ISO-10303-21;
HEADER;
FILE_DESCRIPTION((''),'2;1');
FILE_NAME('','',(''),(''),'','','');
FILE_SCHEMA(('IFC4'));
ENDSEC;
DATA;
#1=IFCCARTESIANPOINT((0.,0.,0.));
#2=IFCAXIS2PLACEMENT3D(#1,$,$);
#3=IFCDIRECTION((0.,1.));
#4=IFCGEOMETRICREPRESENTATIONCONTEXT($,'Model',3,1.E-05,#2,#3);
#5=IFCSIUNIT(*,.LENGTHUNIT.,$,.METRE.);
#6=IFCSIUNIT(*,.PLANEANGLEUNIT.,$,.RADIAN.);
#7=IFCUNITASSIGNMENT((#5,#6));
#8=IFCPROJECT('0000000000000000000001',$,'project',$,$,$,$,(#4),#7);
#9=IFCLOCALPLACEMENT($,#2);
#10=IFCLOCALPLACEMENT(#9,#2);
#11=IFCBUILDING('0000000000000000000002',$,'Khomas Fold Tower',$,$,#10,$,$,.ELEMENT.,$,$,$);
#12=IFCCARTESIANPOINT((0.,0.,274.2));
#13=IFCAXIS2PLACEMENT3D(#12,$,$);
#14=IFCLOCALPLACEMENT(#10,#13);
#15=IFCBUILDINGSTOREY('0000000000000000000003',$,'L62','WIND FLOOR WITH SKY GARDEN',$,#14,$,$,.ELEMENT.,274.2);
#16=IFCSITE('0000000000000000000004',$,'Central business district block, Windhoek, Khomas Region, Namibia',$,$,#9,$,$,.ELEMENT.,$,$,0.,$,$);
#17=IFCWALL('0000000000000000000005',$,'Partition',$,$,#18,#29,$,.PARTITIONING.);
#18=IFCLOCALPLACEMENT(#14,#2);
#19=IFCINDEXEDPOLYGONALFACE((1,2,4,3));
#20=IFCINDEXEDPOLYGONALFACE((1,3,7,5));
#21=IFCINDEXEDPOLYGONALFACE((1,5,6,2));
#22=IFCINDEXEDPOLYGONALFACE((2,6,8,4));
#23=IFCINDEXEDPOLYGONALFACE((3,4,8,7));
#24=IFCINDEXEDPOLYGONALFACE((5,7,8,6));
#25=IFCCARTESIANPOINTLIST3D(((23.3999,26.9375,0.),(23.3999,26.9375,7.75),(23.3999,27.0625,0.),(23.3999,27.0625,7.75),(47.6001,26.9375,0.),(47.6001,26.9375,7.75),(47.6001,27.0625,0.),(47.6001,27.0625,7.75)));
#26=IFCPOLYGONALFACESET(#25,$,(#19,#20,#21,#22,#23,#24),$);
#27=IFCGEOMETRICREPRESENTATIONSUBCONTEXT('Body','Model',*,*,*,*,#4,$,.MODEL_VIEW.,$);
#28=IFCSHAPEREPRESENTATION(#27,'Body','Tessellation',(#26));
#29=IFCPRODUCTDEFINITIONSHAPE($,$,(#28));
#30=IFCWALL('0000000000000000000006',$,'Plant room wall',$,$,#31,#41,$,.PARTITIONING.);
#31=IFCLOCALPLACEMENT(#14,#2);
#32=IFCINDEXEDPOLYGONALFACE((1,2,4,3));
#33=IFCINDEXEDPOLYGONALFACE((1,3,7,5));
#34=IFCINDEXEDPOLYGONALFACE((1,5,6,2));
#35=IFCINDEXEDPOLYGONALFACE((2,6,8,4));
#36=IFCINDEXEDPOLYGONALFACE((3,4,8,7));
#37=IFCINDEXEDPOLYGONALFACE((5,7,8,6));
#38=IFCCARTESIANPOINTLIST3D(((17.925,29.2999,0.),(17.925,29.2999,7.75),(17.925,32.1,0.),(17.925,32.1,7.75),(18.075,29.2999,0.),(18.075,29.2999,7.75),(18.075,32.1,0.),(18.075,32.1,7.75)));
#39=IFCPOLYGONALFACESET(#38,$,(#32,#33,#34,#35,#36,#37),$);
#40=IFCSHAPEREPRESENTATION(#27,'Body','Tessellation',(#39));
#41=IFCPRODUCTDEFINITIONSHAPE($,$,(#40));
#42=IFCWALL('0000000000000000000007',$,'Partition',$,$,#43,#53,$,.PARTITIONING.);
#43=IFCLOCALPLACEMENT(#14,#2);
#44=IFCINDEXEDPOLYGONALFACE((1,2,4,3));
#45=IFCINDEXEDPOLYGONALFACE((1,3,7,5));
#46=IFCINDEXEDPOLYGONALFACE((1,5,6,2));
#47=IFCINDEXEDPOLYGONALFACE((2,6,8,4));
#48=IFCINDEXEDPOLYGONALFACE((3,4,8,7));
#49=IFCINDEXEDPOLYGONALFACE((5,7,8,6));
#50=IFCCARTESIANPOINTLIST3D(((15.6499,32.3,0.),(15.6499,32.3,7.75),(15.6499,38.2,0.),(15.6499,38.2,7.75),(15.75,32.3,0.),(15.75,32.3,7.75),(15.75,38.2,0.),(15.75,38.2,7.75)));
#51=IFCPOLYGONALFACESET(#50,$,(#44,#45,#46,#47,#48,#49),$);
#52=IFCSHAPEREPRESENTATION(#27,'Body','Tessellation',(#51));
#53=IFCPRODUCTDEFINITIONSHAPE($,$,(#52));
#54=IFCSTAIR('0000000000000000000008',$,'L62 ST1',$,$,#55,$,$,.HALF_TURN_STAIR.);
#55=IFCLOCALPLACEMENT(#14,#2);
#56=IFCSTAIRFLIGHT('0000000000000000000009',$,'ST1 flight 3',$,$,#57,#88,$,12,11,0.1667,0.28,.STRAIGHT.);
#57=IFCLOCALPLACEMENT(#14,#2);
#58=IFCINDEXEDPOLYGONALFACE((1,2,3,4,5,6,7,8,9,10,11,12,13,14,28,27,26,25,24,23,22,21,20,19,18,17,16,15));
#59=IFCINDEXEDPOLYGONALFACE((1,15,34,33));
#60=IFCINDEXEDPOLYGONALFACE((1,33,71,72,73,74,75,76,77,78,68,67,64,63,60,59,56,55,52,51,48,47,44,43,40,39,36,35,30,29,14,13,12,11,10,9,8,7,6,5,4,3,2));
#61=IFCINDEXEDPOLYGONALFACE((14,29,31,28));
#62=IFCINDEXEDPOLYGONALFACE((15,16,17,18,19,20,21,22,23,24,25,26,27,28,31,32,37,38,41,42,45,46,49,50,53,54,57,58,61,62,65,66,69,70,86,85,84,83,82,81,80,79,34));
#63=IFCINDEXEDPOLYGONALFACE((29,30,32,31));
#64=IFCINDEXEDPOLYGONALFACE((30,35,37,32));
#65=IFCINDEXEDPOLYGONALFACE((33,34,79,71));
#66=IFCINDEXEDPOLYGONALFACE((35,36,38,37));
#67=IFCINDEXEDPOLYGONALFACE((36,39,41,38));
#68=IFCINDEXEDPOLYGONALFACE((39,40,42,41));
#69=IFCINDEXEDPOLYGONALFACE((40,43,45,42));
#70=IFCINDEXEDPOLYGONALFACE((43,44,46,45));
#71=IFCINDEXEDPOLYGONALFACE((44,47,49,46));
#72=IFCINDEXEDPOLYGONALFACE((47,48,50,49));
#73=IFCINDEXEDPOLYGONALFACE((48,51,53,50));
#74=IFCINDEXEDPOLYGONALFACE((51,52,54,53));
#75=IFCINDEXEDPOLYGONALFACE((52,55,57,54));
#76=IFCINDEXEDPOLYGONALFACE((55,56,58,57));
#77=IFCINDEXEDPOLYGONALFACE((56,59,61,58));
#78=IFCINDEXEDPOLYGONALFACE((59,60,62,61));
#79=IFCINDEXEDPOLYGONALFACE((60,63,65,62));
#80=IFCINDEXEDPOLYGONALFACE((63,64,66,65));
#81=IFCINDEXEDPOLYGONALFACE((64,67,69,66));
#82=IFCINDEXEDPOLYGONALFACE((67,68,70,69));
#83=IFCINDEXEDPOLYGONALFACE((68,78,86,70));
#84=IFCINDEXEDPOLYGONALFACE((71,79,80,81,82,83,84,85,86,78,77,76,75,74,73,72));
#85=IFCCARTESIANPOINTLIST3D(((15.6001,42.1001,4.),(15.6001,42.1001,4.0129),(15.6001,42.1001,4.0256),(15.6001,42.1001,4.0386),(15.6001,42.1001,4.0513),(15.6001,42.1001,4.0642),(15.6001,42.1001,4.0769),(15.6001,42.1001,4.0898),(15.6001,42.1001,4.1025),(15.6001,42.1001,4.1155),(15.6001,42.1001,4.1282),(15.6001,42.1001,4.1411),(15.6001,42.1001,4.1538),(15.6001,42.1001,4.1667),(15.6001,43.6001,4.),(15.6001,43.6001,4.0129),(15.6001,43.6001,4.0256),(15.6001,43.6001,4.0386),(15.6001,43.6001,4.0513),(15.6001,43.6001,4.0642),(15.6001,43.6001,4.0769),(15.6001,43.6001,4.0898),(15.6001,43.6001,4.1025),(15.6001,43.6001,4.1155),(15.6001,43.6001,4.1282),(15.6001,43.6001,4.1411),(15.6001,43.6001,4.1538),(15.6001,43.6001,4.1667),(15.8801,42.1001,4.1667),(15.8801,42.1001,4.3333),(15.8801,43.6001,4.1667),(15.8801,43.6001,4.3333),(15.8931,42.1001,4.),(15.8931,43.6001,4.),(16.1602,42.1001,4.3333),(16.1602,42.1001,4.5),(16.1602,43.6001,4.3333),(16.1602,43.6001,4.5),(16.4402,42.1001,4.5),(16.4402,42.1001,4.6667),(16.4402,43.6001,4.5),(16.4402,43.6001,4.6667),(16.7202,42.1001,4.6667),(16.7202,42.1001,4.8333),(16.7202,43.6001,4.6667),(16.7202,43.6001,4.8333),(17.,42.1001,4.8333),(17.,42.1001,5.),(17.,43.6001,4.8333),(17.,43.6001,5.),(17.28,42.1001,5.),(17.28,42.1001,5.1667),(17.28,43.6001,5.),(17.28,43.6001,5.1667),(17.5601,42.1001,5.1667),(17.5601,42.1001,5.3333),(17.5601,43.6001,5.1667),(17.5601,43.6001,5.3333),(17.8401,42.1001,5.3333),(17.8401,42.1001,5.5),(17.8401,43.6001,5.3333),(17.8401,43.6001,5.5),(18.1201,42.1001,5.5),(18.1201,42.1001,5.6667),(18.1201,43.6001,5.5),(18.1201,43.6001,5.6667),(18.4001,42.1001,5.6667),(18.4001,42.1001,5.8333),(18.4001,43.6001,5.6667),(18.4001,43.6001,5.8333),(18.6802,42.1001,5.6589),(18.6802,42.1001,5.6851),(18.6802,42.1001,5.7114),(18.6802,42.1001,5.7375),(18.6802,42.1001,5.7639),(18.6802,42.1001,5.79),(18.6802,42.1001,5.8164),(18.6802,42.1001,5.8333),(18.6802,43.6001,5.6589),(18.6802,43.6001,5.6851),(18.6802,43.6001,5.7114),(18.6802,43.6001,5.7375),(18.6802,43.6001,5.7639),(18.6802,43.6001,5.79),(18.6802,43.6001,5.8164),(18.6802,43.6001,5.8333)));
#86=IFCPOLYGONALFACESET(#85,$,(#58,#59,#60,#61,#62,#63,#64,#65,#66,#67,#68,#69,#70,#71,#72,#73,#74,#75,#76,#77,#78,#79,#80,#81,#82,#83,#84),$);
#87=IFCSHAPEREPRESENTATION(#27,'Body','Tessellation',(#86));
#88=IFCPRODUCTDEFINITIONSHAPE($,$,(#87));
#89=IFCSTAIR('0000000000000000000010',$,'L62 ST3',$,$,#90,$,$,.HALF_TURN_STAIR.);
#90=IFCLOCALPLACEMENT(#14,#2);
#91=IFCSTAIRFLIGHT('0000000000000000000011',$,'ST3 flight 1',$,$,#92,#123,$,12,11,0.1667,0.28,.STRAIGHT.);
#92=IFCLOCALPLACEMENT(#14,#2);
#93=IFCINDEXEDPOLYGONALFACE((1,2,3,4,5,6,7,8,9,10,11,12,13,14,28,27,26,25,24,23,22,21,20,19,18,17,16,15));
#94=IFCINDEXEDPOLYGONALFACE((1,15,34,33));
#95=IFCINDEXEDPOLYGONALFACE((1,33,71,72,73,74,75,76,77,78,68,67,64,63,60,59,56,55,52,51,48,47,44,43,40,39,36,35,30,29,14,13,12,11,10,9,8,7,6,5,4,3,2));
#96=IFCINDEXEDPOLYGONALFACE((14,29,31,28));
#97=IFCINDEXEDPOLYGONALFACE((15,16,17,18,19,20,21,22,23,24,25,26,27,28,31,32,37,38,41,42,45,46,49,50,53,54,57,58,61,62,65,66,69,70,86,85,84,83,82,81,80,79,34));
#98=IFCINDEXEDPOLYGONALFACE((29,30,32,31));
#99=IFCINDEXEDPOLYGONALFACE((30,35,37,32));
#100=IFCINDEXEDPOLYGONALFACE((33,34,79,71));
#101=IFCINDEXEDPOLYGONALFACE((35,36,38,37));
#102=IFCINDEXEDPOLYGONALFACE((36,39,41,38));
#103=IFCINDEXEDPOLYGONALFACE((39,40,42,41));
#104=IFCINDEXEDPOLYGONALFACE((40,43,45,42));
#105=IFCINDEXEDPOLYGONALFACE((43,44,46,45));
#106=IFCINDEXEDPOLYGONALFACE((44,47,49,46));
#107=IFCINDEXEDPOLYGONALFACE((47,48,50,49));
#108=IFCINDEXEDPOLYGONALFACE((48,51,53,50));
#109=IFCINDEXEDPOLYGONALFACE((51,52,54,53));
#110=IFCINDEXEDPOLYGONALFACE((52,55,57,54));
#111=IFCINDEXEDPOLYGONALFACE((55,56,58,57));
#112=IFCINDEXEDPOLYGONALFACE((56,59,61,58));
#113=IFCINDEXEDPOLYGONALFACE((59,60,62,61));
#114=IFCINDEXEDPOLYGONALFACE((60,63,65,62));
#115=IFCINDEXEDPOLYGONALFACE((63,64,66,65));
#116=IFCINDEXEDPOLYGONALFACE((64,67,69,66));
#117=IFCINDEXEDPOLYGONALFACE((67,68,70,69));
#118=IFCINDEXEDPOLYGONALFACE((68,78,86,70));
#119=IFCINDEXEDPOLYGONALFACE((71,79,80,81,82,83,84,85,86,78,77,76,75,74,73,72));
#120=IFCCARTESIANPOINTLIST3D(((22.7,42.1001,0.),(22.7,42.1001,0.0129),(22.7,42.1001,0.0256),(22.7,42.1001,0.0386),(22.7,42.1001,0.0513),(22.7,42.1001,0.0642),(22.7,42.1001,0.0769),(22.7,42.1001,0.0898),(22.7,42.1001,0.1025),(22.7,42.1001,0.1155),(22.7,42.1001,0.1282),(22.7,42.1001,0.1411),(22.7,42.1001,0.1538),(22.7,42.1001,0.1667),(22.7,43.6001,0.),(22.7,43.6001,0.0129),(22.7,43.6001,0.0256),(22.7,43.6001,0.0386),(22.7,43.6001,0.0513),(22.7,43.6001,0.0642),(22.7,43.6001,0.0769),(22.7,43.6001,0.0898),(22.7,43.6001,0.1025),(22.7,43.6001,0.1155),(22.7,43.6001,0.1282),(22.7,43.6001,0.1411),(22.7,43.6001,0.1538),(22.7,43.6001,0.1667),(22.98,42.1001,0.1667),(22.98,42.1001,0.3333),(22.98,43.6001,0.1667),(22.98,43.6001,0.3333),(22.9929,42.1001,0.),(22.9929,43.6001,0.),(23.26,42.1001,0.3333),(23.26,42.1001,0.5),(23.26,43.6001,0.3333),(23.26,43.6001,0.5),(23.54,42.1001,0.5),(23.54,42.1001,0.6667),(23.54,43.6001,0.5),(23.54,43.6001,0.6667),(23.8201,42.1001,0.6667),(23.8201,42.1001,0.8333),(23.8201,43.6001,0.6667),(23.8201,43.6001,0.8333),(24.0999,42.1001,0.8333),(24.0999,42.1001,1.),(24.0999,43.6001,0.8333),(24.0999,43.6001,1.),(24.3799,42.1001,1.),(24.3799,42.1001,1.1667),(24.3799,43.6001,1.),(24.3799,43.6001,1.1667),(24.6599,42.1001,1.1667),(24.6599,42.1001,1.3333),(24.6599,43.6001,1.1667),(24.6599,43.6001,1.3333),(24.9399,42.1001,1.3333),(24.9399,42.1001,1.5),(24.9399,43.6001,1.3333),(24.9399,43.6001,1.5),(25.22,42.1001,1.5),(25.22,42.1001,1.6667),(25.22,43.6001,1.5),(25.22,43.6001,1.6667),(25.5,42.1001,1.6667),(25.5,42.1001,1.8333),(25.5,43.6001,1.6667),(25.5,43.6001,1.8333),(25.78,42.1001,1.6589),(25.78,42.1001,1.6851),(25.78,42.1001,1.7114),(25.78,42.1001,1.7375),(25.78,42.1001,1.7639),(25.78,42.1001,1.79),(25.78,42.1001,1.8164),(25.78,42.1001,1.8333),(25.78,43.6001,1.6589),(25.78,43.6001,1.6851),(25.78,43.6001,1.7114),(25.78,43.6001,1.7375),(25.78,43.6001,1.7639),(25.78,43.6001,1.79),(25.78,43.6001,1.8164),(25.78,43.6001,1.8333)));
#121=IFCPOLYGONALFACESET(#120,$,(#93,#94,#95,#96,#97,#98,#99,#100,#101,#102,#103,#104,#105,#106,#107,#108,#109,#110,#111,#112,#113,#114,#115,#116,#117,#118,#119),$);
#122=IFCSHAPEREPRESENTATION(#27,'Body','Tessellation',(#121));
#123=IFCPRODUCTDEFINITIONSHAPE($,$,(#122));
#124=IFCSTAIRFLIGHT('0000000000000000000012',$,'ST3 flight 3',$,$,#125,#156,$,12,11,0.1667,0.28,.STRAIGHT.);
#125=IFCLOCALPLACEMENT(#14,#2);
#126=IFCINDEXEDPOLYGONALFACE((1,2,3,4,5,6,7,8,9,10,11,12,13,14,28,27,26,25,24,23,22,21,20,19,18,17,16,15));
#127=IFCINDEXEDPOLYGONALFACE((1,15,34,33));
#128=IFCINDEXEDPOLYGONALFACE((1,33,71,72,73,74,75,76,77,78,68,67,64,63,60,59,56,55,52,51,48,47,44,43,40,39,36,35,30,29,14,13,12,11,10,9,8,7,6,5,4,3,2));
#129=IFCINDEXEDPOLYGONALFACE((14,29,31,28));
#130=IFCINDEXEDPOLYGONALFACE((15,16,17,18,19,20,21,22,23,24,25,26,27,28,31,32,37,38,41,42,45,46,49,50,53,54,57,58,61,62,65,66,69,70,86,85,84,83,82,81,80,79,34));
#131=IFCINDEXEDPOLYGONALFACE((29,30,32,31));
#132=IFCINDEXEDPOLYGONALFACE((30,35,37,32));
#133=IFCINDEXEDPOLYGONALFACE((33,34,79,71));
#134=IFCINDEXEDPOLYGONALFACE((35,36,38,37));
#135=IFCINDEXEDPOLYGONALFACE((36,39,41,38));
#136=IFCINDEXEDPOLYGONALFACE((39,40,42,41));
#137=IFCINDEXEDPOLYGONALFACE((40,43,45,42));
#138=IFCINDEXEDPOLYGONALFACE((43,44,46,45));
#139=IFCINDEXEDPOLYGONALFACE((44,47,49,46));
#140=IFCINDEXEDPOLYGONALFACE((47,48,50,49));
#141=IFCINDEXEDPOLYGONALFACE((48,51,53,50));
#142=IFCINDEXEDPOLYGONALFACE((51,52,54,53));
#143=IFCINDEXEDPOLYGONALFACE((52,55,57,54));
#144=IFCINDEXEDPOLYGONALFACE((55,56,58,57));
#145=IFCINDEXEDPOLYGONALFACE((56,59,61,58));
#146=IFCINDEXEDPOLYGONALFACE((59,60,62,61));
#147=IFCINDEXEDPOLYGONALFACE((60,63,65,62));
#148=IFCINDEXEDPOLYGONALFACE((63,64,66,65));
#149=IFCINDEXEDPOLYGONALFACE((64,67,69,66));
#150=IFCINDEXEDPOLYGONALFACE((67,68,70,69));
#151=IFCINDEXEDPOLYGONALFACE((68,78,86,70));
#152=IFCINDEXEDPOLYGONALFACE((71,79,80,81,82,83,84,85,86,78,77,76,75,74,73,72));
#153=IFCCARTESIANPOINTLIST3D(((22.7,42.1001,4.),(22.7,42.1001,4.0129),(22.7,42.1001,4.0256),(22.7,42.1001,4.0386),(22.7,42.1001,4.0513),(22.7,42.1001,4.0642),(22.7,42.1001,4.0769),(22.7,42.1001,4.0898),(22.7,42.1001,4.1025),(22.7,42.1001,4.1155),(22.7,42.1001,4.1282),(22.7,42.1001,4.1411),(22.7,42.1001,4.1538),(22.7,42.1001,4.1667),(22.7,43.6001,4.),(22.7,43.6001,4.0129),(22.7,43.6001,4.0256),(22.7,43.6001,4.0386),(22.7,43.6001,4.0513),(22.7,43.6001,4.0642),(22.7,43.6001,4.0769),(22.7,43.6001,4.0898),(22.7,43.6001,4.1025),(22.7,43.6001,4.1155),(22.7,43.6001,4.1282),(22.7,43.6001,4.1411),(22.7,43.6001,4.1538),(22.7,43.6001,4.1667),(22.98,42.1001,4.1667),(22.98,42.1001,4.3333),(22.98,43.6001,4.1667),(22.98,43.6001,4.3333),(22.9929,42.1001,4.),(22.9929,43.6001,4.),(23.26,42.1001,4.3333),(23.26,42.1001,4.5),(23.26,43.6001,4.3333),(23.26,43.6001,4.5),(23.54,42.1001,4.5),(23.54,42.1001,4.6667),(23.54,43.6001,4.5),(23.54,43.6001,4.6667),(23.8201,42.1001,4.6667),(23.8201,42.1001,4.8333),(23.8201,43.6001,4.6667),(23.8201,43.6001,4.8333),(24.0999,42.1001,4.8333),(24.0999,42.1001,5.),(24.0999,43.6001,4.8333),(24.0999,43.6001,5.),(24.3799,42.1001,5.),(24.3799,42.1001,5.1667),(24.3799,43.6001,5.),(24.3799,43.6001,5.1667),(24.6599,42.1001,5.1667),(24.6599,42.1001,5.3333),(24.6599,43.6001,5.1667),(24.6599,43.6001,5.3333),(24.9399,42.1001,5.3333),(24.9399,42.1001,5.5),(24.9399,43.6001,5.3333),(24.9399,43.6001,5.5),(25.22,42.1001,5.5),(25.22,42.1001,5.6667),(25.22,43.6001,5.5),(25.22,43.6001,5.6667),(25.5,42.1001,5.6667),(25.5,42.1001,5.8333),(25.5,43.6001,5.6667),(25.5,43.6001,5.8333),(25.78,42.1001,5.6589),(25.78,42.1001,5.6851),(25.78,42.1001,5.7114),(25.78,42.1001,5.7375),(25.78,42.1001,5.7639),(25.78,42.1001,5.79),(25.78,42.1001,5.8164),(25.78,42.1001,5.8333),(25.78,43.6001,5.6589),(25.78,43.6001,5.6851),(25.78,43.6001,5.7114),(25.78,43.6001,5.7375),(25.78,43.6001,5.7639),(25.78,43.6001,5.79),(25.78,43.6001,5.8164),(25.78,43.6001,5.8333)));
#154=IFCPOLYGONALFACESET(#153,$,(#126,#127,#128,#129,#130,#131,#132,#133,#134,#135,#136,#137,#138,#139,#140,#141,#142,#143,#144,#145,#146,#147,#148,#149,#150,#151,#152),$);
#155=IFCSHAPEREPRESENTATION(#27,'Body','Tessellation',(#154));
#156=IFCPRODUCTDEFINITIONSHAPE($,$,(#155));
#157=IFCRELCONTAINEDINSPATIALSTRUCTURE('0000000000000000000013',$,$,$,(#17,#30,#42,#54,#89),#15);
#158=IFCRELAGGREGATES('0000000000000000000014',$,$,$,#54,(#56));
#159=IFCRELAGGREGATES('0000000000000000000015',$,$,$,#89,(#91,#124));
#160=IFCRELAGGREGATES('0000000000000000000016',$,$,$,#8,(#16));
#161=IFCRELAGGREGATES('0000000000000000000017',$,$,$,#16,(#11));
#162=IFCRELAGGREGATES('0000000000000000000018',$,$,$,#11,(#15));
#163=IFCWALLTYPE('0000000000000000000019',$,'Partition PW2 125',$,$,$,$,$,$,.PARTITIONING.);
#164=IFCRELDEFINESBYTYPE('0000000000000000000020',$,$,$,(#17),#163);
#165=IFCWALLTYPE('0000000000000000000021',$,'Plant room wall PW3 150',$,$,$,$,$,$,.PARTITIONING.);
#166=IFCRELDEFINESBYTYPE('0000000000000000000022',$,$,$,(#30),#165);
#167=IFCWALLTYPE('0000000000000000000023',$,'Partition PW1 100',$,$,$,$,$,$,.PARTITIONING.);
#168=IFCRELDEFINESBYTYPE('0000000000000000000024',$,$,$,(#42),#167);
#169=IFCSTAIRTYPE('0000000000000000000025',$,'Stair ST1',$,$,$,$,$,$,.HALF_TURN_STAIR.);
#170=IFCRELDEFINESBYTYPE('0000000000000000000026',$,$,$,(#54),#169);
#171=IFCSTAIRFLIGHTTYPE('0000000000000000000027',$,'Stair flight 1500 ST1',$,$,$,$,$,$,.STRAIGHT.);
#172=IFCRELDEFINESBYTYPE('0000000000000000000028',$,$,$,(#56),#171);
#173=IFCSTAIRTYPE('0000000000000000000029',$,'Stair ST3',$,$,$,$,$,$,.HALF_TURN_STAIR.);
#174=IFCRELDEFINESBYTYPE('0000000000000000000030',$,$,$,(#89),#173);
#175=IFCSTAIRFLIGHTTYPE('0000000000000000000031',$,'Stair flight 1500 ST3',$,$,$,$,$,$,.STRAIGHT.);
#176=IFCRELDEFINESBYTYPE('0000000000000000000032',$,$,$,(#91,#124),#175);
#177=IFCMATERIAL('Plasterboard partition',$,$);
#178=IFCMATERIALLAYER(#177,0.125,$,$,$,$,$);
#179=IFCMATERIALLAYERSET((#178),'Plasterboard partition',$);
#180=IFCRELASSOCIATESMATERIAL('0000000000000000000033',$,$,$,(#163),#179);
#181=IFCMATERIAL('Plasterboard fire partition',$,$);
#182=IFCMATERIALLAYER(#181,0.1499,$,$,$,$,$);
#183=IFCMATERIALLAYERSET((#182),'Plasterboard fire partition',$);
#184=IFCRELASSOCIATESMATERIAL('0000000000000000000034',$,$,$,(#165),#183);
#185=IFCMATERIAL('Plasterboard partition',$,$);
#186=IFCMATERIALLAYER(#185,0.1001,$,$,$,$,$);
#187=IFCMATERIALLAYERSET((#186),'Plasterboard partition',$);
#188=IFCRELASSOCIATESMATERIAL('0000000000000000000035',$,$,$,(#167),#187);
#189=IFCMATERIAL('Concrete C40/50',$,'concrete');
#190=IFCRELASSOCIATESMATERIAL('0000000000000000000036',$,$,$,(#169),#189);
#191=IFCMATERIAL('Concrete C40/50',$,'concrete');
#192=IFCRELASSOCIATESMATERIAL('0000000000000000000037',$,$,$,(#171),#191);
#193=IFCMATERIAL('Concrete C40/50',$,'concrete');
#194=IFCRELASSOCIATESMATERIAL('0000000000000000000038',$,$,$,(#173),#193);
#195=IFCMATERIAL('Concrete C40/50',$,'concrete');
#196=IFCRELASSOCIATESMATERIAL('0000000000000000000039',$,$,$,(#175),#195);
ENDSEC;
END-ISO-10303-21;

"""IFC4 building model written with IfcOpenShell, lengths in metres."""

from ifc_helpers import new_model, si_unit, direction, frame, frame_2d, origin, place, context, subcontext, project, spatial, polyline, rectangle, outline, extrude, source, transform, mapped, material, layer, layer_set, type_object, element, aggregate, save


model = new_model("IFC4")

# Units and contexts
model_context = context("Model", 3, precision=1e-05, world=origin(), true_north=direction((0.0, 1.0)))
body_context = subcontext(model_context, "Body", "Model", "MODEL_VIEW")
ifc_project = project(units=[si_unit("LENGTHUNIT", "METRE"), si_unit("PLANEANGLEUNIT", "RADIAN")], contexts=[model_context])

# Site, building, storey
site_placement = place(None, origin())
site = spatial("IfcSite", under=ifc_project, at=site_placement, Name="Central business district block, Windhoek, Khomas Region, Namibia", CompositionType="ELEMENT", RefElevation=0.0)
building_placement = place(site_placement, origin())
building = spatial("IfcBuilding", under=site, at=building_placement, Name="Khomas Fold Tower", CompositionType="ELEMENT")
storey_placement = place(building_placement, frame((0.0, 0.0, 274.2)))
storey = spatial("IfcBuildingStorey", under=building, at=storey_placement, Name="L62", Description="WIND FLOOR WITH SKY GARDEN", CompositionType="ELEMENT", Elevation=274.2)

# Walls
ifc_material_1 = material(Name="Plasterboard partition")
ifc_layer_1 = layer(ifc_material_1, 0.125)
ifc_layer_set_1 = layer_set([ifc_layer_1], Name="Plasterboard partition")
wall_type_1 = type_object("IfcWallType", Name="Partition PW2 125", PredefinedType="PARTITIONING", material=ifc_layer_set_1)
shared_shape_1 = source(origin(), body_context, "Body", "SweptSolid", [
    extrude(rectangle(XDim=24.2002, YDim=0.125, at=frame_2d((12.1001, 0.0))), origin(), (0.0, 0.0, 1.0), 7.75),
])
wall_1_placement = place(storey_placement, frame((23.3999, 27.0, 0.0), z_axis=(0.0, 0.0, 1.0), x_axis=(1.0, 0.0, 0.0)))
element("IfcWall", 1, at=wall_1_placement, inside=storey, type_object=wall_type_1, Name="Partition", PredefinedType="PARTITIONING", context=body_context, shape_type="MappedRepresentation", body=[
    mapped(shared_shape_1, transform((0.0, 0.0, 0.0))),
])
ifc_material_2 = material(Name="Plasterboard fire partition")
ifc_layer_2 = layer(ifc_material_2, 0.1499)
ifc_layer_set_2 = layer_set([ifc_layer_2], Name="Plasterboard fire partition")
wall_type_2 = type_object("IfcWallType", Name="Plant room wall PW3 150", PredefinedType="PARTITIONING", material=ifc_layer_set_2)
shared_shape_2 = source(origin(), body_context, "Body", "SweptSolid", [
    extrude(rectangle(XDim=2.8, YDim=0.1499, at=frame_2d((1.3999, 0.0))), origin(), (0.0, 0.0, 1.0), 7.75),
])
wall_2_placement = place(storey_placement, frame((18.0, 29.3, 0.0), z_axis=(0.0, 0.0, 1.0), x_axis=(0.0, 1.0, 0.0)))
element("IfcWall", 2, at=wall_2_placement, inside=storey, type_object=wall_type_2, Name="Plant room wall", PredefinedType="PARTITIONING", context=body_context, shape_type="MappedRepresentation", body=[
    mapped(shared_shape_2, transform((0.0, 0.0, 0.0))),
])
ifc_material_3 = material(Name="Plasterboard partition")
ifc_layer_3 = layer(ifc_material_3, 0.1001)
ifc_layer_set_3 = layer_set([ifc_layer_3], Name="Plasterboard partition")
wall_type_3 = type_object("IfcWallType", Name="Partition PW1 100", PredefinedType="PARTITIONING", material=ifc_layer_set_3)
shared_shape_3 = source(origin(), body_context, "Body", "SweptSolid", [
    extrude(rectangle(XDim=5.8999, YDim=0.1001, at=frame_2d((2.95, 0.0))), origin(), (0.0, 0.0, 1.0), 7.75),
])
wall_3_placement = place(storey_placement, frame((15.7, 32.3, 0.0), z_axis=(0.0, 0.0, 1.0), x_axis=(0.0, 1.0, 0.0)))
element("IfcWall", 3, at=wall_3_placement, inside=storey, type_object=wall_type_3, Name="Partition", PredefinedType="PARTITIONING", context=body_context, shape_type="MappedRepresentation", body=[
    mapped(shared_shape_3, transform((0.0, 0.0, 0.0))),
])

# Stair, stair flight
ifc_material_4 = material(Name="Concrete C40/50", Category="concrete")
stair_type_1 = type_object("IfcStairType", Name="Stair ST1", PredefinedType="HALF_TURN_STAIR", material=ifc_material_4)
stair_1_placement = place(storey_placement, origin())
stair_1 = element("IfcStair", 4, at=stair_1_placement, inside=storey, type_object=stair_type_1, Name="L62 ST1", PredefinedType="HALF_TURN_STAIR")
ifc_material_5 = material(Name="Concrete C40/50", Category="concrete")
stair_flight_type_1 = type_object("IfcStairFlightType", Name="Stair flight 1500 ST1", PredefinedType="STRAIGHT", material=ifc_material_5)
shared_shape_4 = source(origin(), body_context, "Body", "SweptSolid", [
    extrude(outline(polyline([(0.0, 0.0), (0.0, 0.0129), (0.0, 0.0256), (0.0, 0.0386), (0.0, 0.0513), (0.0, 0.0642), (0.0, 0.0769), (0.0, 0.0898), (0.0, 0.1025), (0.0, 0.1155), (0.0, 0.1282), (0.0, 0.1411), (0.0, 0.1538), (0.0, 0.1667), (0.28, 0.1667), (0.28, 0.3333), (0.5601, 0.3333), (0.5601, 0.5), (0.8401, 0.5), (0.8401, 0.6667), (1.1201, 0.6667), (1.1201, 0.8333), (1.3999, 0.8333), (1.3999, 1.0), (1.6799, 1.0), (1.6799, 1.1667), (1.96, 1.1667), (1.96, 1.3333), (2.24, 1.3333), (2.24, 1.5), (2.52, 1.5), (2.52, 1.6667), (2.8, 1.6667), (2.8, 1.8333), (3.0801, 1.8333), (3.0801, 2.0), (3.0801, 1.9739), (3.0801, 1.9475), (3.0801, 1.9214), (3.0801, 1.895), (3.0801, 1.8689), (3.0801, 1.8425), (3.0801, 1.8164), (3.0801, 1.79), (3.0801, 1.7639), (3.0801, 1.7375), (3.0801, 1.7114), (3.0801, 1.6851), (3.0801, 1.6589), (0.293, 0.0), (0.0, 0.0)])), frame((0.0, 0.75, 0.0), z_axis=(0.0, -1.0, 0.0), x_axis=(1.0, 0.0, 0.0)), (0.0, 0.0, 1.0), 1.5),
])
stair_flight_1_placement = place(storey_placement, frame((15.6001, 42.8501, 4.0), z_axis=(0.0, 0.0, 1.0), x_axis=(1.0, 0.0, 0.0)))
stair_flight_1 = element("IfcStairFlight", 5, at=stair_flight_1_placement, type_object=stair_flight_type_1, Name="ST1 flight 3", NumberOfRisers=12, NumberOfTreads=11, PredefinedType="STRAIGHT", RiserHeight=0.1667, TreadLength=0.28, context=body_context, shape_type="MappedRepresentation", body=[
    mapped(shared_shape_4, transform((0.0, 0.0, 0.0))),
])
aggregate(stair_1, [stair_flight_1])

# Stair, stair flights
ifc_material_6 = material(Name="Concrete C40/50", Category="concrete")
stair_type_2 = type_object("IfcStairType", Name="Stair ST3", PredefinedType="HALF_TURN_STAIR", material=ifc_material_6)
stair_2_placement = place(storey_placement, origin())
stair_2 = element("IfcStair", 6, at=stair_2_placement, inside=storey, type_object=stair_type_2, Name="L62 ST3", PredefinedType="HALF_TURN_STAIR")
ifc_material_7 = material(Name="Concrete C40/50", Category="concrete")
stair_flight_type_2 = type_object("IfcStairFlightType", Name="Stair flight 1500 ST3", PredefinedType="STRAIGHT", material=ifc_material_7)
stair_flight_2_placement = place(storey_placement, frame((22.7, 42.8501, 0.0), z_axis=(0.0, 0.0, 1.0), x_axis=(1.0, 0.0, 0.0)))
stair_flight_2 = element("IfcStairFlight", 7, at=stair_flight_2_placement, type_object=stair_flight_type_2, Name="ST3 flight 1", NumberOfRisers=12, NumberOfTreads=11, PredefinedType="STRAIGHT", RiserHeight=0.1667, TreadLength=0.28, context=body_context, shape_type="MappedRepresentation", body=[
    mapped(shared_shape_4, transform((0.0, 0.0, 0.0))),
])
stair_flight_3_placement = place(storey_placement, frame((22.7, 42.8501, 4.0), z_axis=(0.0, 0.0, 1.0), x_axis=(1.0, 0.0, 0.0)))
stair_flight_3 = element("IfcStairFlight", 8, at=stair_flight_3_placement, type_object=stair_flight_type_2, Name="ST3 flight 3", NumberOfRisers=12, NumberOfTreads=11, PredefinedType="STRAIGHT", RiserHeight=0.1667, TreadLength=0.28, context=body_context, shape_type="MappedRepresentation", body=[
    mapped(shared_shape_4, transform((0.0, 0.0, 0.0))),
])
aggregate(stair_2, [stair_flight_2, stair_flight_3])

save(model, "model.ifc")
